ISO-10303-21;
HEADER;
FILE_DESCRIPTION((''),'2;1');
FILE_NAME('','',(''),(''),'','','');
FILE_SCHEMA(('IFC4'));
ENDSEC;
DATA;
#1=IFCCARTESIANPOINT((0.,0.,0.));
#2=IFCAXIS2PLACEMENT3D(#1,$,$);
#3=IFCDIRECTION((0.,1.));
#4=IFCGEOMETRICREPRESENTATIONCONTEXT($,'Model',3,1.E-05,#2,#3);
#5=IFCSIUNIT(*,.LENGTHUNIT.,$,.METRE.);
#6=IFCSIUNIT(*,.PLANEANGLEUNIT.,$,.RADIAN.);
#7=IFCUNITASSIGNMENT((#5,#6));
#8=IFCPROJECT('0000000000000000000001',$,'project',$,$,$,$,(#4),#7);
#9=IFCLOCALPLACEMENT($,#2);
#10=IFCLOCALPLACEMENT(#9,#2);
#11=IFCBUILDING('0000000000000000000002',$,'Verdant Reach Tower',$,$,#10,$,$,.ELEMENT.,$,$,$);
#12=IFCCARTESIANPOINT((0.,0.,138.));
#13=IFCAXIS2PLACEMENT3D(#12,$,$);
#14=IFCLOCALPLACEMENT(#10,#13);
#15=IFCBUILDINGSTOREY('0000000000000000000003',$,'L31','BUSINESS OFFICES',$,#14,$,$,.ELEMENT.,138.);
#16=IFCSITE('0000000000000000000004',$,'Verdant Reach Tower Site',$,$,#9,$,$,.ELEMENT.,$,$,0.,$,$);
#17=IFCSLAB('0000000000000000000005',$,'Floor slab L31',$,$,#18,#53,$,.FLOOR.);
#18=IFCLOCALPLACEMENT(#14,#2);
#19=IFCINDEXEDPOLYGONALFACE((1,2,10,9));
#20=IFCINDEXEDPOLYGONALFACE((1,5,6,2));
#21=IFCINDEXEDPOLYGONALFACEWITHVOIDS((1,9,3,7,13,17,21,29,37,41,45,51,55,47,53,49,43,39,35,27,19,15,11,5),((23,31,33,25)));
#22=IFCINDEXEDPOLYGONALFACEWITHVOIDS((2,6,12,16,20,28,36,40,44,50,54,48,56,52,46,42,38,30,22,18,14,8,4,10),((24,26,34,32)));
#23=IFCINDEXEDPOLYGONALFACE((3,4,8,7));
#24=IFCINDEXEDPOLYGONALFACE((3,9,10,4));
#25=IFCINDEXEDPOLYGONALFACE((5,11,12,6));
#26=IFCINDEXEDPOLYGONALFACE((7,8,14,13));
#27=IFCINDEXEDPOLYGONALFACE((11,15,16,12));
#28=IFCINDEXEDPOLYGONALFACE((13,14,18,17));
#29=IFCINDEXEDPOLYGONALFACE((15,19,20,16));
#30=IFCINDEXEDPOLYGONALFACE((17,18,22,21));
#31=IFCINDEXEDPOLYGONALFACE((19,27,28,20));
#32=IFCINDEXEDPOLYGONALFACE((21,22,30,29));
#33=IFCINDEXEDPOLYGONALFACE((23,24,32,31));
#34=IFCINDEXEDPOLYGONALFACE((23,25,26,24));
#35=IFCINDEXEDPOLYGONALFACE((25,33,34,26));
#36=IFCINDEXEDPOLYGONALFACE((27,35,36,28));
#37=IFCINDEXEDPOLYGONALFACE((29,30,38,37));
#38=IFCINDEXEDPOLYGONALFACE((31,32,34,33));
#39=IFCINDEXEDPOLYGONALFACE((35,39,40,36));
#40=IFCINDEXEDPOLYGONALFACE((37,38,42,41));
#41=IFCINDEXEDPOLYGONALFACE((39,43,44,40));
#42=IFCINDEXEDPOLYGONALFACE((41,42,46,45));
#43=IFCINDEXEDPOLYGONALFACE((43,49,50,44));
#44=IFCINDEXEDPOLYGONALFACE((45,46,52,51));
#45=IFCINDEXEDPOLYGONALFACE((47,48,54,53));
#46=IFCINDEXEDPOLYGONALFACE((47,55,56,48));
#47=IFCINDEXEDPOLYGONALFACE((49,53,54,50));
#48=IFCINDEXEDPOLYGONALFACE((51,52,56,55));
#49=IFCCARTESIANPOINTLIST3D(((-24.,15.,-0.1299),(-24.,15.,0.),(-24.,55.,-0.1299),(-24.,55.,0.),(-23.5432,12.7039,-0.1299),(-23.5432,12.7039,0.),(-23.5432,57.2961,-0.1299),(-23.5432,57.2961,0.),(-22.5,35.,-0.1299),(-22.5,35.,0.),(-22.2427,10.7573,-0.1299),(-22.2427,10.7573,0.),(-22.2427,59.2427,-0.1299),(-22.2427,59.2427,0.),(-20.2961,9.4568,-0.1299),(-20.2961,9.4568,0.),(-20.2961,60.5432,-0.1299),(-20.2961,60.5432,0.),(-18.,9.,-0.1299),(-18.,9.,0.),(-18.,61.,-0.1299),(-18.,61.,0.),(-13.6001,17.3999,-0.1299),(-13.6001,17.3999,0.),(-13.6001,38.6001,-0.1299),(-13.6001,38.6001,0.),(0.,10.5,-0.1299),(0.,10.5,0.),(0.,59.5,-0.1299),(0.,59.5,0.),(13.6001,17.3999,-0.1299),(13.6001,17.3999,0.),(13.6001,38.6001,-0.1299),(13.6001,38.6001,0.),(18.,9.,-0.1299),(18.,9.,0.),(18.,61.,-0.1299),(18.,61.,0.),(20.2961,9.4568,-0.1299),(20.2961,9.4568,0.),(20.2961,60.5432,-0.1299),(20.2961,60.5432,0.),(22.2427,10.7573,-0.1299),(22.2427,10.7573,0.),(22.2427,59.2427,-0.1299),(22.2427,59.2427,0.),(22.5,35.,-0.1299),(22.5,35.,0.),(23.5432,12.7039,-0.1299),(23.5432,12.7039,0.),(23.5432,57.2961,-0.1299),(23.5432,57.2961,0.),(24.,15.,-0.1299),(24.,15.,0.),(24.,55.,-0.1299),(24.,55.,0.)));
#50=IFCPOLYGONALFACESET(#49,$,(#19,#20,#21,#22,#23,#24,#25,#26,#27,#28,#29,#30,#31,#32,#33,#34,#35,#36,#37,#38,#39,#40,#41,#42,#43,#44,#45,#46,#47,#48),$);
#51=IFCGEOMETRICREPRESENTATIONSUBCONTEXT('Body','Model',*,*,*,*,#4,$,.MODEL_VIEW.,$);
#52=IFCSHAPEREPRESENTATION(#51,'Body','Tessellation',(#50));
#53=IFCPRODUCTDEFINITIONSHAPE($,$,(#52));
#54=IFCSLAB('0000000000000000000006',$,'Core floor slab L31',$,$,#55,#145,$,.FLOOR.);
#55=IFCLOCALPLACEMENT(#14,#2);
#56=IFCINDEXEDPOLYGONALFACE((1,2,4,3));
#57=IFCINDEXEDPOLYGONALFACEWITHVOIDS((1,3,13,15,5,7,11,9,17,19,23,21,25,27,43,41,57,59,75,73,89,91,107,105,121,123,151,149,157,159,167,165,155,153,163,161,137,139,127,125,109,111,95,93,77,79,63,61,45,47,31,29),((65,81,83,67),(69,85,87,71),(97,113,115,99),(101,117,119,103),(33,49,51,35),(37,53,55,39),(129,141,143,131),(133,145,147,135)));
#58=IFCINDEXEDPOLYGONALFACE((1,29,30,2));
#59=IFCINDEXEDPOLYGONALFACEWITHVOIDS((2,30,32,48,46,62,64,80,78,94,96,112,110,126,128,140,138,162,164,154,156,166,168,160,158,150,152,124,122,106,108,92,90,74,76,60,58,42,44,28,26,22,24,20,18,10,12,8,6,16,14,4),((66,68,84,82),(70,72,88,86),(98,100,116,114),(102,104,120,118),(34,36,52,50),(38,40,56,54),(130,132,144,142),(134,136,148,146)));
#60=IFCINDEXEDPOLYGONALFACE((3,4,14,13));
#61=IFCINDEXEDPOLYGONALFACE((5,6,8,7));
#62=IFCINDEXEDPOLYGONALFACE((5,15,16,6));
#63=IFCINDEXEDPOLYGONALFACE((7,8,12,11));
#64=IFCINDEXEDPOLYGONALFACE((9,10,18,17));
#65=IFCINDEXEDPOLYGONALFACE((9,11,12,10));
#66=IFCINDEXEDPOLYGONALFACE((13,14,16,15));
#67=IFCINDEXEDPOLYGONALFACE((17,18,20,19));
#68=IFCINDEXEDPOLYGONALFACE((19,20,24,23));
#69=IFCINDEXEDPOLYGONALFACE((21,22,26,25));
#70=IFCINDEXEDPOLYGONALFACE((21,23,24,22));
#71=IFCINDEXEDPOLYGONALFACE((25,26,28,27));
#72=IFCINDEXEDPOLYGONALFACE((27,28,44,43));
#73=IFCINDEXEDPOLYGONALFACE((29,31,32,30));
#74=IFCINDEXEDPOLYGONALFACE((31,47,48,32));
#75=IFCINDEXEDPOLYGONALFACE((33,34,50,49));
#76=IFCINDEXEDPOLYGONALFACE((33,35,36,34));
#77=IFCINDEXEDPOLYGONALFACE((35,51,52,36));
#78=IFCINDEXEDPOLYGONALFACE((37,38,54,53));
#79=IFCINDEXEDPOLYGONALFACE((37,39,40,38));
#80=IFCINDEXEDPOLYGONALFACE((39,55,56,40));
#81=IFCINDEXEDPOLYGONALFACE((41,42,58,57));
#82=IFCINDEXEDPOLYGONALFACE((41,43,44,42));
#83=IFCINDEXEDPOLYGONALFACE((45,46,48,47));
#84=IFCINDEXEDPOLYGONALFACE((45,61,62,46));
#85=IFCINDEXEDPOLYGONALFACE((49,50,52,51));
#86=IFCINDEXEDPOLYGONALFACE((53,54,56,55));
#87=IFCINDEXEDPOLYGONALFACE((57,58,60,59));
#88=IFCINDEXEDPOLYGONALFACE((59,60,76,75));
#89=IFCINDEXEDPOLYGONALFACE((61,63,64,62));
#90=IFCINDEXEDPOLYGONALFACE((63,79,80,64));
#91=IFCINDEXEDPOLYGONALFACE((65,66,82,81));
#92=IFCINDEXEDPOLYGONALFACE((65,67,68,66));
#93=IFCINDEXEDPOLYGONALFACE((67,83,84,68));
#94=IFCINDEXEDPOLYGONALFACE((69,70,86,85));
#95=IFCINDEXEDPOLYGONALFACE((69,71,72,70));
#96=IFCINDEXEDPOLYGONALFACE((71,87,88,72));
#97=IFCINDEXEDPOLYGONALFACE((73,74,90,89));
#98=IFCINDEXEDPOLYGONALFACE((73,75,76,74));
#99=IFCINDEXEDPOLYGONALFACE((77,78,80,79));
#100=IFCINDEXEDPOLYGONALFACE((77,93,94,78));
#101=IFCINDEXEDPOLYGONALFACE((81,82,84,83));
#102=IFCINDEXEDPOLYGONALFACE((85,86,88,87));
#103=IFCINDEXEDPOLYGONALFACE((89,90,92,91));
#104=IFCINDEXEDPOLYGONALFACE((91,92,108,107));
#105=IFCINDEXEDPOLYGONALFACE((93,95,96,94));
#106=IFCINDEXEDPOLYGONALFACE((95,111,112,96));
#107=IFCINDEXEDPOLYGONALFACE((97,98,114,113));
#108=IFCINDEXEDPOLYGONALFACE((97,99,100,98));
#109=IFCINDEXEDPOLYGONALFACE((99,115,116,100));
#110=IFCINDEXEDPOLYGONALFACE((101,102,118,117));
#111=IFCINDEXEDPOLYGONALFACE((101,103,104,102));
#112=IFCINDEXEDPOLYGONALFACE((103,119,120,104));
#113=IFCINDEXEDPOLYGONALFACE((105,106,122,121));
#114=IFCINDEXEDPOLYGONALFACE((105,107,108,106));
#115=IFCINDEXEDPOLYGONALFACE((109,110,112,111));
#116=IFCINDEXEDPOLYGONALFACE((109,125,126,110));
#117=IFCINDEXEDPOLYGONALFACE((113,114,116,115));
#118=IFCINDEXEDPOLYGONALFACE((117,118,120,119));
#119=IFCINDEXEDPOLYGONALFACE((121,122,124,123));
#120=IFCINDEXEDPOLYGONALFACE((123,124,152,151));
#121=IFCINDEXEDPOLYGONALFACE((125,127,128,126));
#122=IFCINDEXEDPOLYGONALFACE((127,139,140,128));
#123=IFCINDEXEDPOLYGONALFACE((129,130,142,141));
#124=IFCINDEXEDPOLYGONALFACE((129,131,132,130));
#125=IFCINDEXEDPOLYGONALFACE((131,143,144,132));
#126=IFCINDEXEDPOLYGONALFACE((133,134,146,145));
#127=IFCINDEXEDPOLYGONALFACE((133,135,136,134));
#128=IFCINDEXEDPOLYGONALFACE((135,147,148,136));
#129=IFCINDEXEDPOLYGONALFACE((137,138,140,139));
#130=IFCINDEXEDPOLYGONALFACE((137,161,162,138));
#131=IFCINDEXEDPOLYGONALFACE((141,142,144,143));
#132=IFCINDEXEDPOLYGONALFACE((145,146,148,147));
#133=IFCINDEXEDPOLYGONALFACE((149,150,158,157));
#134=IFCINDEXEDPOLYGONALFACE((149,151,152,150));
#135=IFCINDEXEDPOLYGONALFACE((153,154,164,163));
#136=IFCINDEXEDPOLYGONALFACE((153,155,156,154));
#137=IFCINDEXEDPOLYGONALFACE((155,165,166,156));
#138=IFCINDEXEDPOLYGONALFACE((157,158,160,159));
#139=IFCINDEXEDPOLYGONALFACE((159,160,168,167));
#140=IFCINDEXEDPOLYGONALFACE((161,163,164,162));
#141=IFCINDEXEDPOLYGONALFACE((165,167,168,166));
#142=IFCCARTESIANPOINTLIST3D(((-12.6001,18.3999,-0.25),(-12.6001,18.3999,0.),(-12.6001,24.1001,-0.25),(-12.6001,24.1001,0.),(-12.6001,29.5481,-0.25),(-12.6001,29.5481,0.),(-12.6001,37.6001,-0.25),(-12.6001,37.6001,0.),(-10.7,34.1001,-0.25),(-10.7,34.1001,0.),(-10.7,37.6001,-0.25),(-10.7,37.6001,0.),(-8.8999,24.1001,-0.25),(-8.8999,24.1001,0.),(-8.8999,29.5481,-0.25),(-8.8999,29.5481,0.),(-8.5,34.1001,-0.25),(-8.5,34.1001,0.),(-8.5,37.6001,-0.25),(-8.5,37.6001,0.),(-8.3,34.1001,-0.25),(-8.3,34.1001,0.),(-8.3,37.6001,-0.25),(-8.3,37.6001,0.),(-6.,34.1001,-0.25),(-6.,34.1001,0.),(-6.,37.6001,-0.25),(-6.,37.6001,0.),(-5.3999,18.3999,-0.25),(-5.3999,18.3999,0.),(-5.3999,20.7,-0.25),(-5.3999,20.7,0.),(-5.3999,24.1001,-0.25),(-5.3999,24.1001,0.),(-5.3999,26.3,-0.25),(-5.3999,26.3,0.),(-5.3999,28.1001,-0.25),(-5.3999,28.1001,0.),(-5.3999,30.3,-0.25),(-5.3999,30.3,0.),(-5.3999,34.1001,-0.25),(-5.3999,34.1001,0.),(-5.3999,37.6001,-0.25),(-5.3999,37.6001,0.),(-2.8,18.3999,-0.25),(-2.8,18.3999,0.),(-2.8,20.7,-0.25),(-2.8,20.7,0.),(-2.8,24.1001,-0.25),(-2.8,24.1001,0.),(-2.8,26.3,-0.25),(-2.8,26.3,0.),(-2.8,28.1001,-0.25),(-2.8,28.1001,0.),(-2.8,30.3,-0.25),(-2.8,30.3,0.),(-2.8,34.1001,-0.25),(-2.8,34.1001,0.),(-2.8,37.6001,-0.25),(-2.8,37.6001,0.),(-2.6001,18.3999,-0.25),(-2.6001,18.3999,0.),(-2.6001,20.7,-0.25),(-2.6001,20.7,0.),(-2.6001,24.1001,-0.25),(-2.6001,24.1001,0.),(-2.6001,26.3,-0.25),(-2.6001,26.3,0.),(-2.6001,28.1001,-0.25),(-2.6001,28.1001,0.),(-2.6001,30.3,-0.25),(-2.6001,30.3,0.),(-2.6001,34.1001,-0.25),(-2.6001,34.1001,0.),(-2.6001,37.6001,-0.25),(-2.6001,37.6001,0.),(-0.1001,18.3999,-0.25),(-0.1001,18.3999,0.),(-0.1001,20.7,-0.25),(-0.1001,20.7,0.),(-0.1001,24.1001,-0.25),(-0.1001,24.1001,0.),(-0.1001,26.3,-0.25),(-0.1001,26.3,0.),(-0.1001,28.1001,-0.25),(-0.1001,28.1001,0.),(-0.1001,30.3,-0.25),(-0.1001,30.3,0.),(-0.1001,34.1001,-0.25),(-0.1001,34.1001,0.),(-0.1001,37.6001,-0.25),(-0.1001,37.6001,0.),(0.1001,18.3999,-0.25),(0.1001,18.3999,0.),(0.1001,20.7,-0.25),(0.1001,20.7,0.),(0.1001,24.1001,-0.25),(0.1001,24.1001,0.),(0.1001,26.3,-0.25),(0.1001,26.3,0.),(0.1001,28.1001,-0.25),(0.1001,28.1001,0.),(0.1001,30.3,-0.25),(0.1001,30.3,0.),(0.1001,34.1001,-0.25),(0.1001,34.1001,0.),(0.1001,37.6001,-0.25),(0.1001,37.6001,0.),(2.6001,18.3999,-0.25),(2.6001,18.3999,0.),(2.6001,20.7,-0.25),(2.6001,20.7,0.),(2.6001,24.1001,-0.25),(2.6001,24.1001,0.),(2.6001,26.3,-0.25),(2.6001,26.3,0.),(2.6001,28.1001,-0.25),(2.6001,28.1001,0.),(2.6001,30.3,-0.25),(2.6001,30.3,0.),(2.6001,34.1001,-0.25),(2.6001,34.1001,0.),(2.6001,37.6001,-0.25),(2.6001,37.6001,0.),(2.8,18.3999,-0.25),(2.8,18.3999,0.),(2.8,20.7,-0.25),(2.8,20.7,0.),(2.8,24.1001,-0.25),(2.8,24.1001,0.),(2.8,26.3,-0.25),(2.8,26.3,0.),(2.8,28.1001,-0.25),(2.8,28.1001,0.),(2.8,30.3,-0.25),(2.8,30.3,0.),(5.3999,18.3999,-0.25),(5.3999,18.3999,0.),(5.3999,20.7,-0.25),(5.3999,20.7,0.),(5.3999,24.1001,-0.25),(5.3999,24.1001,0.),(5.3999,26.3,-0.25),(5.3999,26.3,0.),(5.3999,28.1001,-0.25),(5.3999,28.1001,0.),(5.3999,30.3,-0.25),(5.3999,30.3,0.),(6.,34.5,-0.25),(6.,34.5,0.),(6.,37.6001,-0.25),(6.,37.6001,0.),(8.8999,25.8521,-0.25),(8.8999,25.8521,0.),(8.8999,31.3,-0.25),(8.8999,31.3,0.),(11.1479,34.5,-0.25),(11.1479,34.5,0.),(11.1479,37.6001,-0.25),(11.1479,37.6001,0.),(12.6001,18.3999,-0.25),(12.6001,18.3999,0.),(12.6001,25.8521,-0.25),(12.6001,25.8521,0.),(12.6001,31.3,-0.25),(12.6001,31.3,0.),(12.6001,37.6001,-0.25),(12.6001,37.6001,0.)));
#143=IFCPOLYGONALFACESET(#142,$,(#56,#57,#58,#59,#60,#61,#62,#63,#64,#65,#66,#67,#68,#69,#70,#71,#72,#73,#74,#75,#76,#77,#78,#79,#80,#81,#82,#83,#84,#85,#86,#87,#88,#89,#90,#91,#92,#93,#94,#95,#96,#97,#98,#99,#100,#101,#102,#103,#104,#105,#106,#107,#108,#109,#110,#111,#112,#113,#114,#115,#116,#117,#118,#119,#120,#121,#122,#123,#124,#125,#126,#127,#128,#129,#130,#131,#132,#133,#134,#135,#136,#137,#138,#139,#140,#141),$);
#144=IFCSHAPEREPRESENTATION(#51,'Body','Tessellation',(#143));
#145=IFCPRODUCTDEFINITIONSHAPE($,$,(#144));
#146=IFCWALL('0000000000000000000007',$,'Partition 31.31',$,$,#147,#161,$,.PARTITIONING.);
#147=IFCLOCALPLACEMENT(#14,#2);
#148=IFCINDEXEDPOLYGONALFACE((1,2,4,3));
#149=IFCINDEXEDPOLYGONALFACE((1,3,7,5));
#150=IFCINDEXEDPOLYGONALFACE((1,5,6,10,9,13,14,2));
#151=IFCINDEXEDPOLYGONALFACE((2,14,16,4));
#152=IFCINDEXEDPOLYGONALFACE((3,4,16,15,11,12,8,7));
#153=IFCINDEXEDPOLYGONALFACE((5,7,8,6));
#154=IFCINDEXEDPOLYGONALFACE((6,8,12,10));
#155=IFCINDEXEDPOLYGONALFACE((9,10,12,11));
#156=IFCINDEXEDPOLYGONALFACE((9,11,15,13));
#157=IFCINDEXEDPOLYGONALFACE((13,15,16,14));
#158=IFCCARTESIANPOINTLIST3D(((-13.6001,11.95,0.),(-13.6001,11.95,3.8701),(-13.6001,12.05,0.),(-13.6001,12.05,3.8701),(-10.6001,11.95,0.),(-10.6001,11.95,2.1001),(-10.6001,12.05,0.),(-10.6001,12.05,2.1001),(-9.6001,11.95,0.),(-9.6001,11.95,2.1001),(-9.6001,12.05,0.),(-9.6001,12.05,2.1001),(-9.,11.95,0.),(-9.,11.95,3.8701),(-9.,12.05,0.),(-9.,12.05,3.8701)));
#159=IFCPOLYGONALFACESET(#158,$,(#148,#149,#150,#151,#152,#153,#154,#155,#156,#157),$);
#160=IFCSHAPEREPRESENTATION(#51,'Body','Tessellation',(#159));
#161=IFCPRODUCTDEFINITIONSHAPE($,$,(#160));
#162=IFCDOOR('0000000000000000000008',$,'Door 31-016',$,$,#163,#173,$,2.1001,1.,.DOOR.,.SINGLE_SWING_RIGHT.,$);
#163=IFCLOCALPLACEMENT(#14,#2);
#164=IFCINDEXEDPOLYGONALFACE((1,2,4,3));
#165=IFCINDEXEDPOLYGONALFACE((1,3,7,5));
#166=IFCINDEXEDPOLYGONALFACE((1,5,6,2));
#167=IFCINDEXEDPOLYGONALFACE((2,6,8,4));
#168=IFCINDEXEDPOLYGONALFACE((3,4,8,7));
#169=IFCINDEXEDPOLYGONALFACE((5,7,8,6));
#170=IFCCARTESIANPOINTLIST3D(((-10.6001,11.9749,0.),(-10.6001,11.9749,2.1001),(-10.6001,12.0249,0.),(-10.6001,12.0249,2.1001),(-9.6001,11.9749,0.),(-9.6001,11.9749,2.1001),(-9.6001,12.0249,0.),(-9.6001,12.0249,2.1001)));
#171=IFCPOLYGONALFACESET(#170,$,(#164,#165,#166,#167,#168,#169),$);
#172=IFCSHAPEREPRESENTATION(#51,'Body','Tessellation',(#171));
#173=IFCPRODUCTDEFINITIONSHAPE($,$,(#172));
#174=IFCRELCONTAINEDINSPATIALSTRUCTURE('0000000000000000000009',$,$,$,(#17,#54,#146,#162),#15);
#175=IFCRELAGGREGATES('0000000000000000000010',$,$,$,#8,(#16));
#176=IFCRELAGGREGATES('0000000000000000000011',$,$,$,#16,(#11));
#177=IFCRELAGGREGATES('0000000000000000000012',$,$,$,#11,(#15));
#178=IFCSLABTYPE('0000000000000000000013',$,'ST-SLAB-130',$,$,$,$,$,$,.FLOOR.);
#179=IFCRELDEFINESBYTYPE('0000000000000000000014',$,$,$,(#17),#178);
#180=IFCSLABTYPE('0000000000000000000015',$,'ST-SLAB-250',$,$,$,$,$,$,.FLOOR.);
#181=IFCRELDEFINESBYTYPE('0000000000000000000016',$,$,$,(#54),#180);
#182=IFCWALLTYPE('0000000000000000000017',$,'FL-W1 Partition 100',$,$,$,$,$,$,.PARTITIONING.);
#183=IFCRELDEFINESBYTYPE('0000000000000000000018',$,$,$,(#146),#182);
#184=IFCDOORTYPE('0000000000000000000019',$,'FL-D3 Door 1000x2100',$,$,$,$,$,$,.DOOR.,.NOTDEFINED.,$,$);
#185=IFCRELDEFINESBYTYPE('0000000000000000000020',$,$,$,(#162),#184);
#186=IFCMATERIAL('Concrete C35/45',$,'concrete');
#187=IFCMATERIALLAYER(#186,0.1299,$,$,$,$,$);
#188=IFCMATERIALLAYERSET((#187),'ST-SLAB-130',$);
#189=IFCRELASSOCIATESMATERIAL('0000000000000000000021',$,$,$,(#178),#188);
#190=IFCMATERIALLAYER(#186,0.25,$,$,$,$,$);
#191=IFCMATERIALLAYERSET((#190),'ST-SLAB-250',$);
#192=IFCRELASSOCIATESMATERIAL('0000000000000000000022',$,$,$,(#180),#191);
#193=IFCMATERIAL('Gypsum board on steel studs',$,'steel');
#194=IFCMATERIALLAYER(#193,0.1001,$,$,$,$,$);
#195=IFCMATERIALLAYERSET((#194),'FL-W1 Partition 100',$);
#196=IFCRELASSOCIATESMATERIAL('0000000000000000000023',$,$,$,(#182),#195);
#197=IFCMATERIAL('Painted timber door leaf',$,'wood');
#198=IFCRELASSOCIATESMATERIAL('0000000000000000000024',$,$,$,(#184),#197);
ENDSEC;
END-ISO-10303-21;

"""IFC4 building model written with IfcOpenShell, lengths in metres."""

from ifc_helpers import new_model, si_unit, direction, frame, frame_2d, origin, place, context, subcontext, project, spatial, polyline, rectangle, outline, extrude, material, layer, layer_set, type_object, element, fill, save


model = new_model("IFC4")

# Units and contexts
model_context = context("Model", 3, precision=1e-05, world=origin(), true_north=direction((0.0, 1.0)))
body_context = subcontext(model_context, "Body", "Model", "MODEL_VIEW")
ifc_project = project(units=[si_unit("LENGTHUNIT", "METRE"), si_unit("PLANEANGLEUNIT", "RADIAN")], contexts=[model_context])

# Site, building, storey
site_placement = place(None, origin())
site = spatial("IfcSite", under=ifc_project, at=site_placement, Name="Verdant Reach Tower Site", CompositionType="ELEMENT", RefElevation=0.0)
building_placement = place(site_placement, origin())
building = spatial("IfcBuilding", under=site, at=building_placement, Name="Verdant Reach Tower", CompositionType="ELEMENT")
storey_placement = place(building_placement, frame((0.0, 0.0, 138.0)))
storey = spatial("IfcBuildingStorey", under=building, at=storey_placement, Name="L31", Description="BUSINESS OFFICES", CompositionType="ELEMENT", Elevation=138.0)

# Slabs
ifc_material_1 = material(Name="Concrete C35/45", Category="concrete")
ifc_layer_1 = layer(ifc_material_1, 0.1299)
ifc_layer_set_1 = layer_set([ifc_layer_1], Name="ST-SLAB-130")
slab_type_1 = type_object("IfcSlabType", Name="ST-SLAB-130", PredefinedType="FLOOR", material=ifc_layer_set_1)
slab_1_placement = place(storey_placement, frame((0.0, 0.0, -0.1299)))
element("IfcSlab", 1, at=slab_1_placement, inside=storey, type_object=slab_type_1, Name="Floor slab L31", PredefinedType="FLOOR", context=body_context, shape_type="SweptSolid", body=[
    extrude(outline(polyline([(0.0, 10.5), (-18.0, 9.0), (-20.2961, 9.4568), (-22.2427, 10.7573), (-23.5432, 12.7039), (-24.0, 15.0), (-22.5, 35.0), (-24.0, 55.0), (-23.5432, 57.2961), (-22.2427, 59.2427), (-20.2961, 60.5432), (-18.0, 61.0), (0.0, 59.5), (18.0, 61.0), (20.2961, 60.5432), (22.2427, 59.2427), (23.5432, 57.2961), (24.0, 55.0), (22.5, 35.0), (24.0, 15.0), (23.5432, 12.7039), (22.2427, 10.7573), (20.2961, 9.4568), (18.0, 9.0), (0.0, 10.5)]), holes=[polyline([(13.6001, 38.6001), (-13.6001, 38.6001), (-13.6001, 17.3999), (13.6001, 17.3999), (13.6001, 38.6001)])]), origin(), (0.0, 0.0, 1.0), 0.1299),
])
ifc_layer_2 = layer(ifc_material_1, 0.25)
ifc_layer_set_2 = layer_set([ifc_layer_2], Name="ST-SLAB-250")
slab_type_2 = type_object("IfcSlabType", Name="ST-SLAB-250", PredefinedType="FLOOR", material=ifc_layer_set_2)
slab_2_placement = place(storey_placement, frame((0.0, 0.0, -0.25)))
element("IfcSlab", 2, at=slab_2_placement, inside=storey, type_object=slab_type_2, Name="Core floor slab L31", PredefinedType="FLOOR", context=body_context, shape_type="SweptSolid", body=[
    extrude(outline(polyline([(12.6001, 18.3999), (5.3999, 18.3999), (5.3999, 20.7), (2.8, 20.7), (2.8, 18.3999), (2.6001, 18.3999), (2.6001, 20.7), (0.1001, 20.7), (0.1001, 18.3999), (-0.1001, 18.3999), (-0.1001, 20.7), (-2.6001, 20.7), (-2.6001, 18.3999), (-2.8, 18.3999), (-2.8, 20.7), (-5.3999, 20.7), (-5.3999, 18.3999), (-12.6001, 18.3999), (-12.6001, 24.1001), (-8.8999, 24.1001), (-8.8999, 29.5481), (-12.6001, 29.5481), (-12.6001, 37.6001), (-10.7, 37.6001), (-10.7, 34.1001), (-8.5, 34.1001), (-8.5, 37.6001), (-8.3, 37.6001), (-8.3, 34.1001), (-6.0, 34.1001), (-6.0, 37.6001), (-5.3999, 37.6001), (-5.3999, 34.1001), (-2.8, 34.1001), (-2.8, 37.6001), (-2.6001, 37.6001), (-2.6001, 34.1001), (-0.1001, 34.1001), (-0.1001, 37.6001), (0.1001, 37.6001), (0.1001, 34.1001), (2.6001, 34.1001), (2.6001, 37.6001), (6.0, 37.6001), (6.0, 34.5), (11.1479, 34.5), (11.1479, 37.6001), (12.6001, 37.6001), (12.6001, 31.3), (8.8999, 31.3), (8.8999, 25.8521), (12.6001, 25.8521), (12.6001, 18.3999)]), holes=[polyline([(-2.8, 24.1001), (-2.8, 26.3), (-5.3999, 26.3), (-5.3999, 24.1001), (-2.8, 24.1001)]), polyline([(-2.6001, 24.1001), (-0.1001, 24.1001), (-0.1001, 26.3), (-2.6001, 26.3), (-2.6001, 24.1001)]), polyline([(-2.8, 28.1001), (-2.8, 30.3), (-5.3999, 30.3), (-5.3999, 28.1001), (-2.8, 28.1001)]), polyline([(-0.1001, 28.1001), (-0.1001, 30.3), (-2.6001, 30.3), (-2.6001, 28.1001), (-0.1001, 28.1001)]), polyline([(2.6001, 24.1001), (2.6001, 26.3), (0.1001, 26.3), (0.1001, 24.1001), (2.6001, 24.1001)]), polyline([(2.8, 24.1001), (5.3999, 24.1001), (5.3999, 26.3), (2.8, 26.3), (2.8, 24.1001)]), polyline([(2.6001, 28.1001), (2.6001, 30.3), (0.1001, 30.3), (0.1001, 28.1001), (2.6001, 28.1001)]), polyline([(5.3999, 28.1001), (5.3999, 30.3), (2.8, 30.3), (2.8, 28.1001), (5.3999, 28.1001)])]), origin(), (0.0, 0.0, 1.0), 0.25),
])

# Wall, opening, door
ifc_material_2 = material(Name="Gypsum board on steel studs", Category="steel")
ifc_layer_3 = layer(ifc_material_2, 0.1001)
ifc_layer_set_3 = layer_set([ifc_layer_3], Name="FL-W1 Partition 100")
wall_type_1 = type_object("IfcWallType", Name="FL-W1 Partition 100", PredefinedType="PARTITIONING", material=ifc_layer_set_3)
wall_1_placement = place(storey_placement, frame((-13.6001, 12.0, 0.0), z_axis=(0.0, 0.0, 1.0), x_axis=(1.0, 0.0, 0.0)))
wall_1 = element("IfcWall", 3, at=wall_1_placement, inside=storey, type_object=wall_type_1, Name="Partition 31.31", PredefinedType="PARTITIONING", context=body_context, shape_type="SweptSolid", body=[
    extrude(rectangle(XDim=4.6001, YDim=0.1001, at=frame_2d((2.3, 0.0))), origin(), (0.0, 0.0, 1.0), 3.8701),
])
opening_1_placement = place(wall_1_placement, frame((3.0, 0.0, 0.0)))
opening_1 = element("IfcOpeningElement", 4, at=opening_1_placement, cuts=wall_1, PredefinedType="OPENING", context=body_context, shape_type="SweptSolid", body=[
    extrude(rectangle(XDim=1.0, YDim=2.1001, at=frame_2d((0.5, 1.05))), frame((0.0, 0.0601, 0.0), z_axis=(0.0, -1.0, 0.0), x_axis=(1.0, 0.0, 0.0)), (0.0, 0.0, 1.0), 0.1201),
])
ifc_material_3 = material(Name="Painted timber door leaf", Category="wood")
door_type_1 = type_object("IfcDoorType", Name="FL-D3 Door 1000x2100", OperationType="NOTDEFINED", PredefinedType="DOOR", material=ifc_material_3)
door_1_placement = place(opening_1_placement, origin())
door_1 = element("IfcDoor", 5, at=door_1_placement, inside=storey, type_object=door_type_1, Name="Door 31-016", OperationType="SINGLE_SWING_RIGHT", OverallHeight=2.1001, OverallWidth=1.0, PredefinedType="DOOR", context=body_context, shape_type="SweptSolid", body=[
    extrude(rectangle(XDim=1.0, YDim=2.1001, at=frame_2d((0.5, 1.05))), frame((0.0, 0.0249, 0.0), z_axis=(0.0, -1.0, 0.0), x_axis=(1.0, 0.0, 0.0)), (0.0, 0.0, 1.0), 0.05),
])
fill(opening_1, door_1)

save(model, "model.ifc")
